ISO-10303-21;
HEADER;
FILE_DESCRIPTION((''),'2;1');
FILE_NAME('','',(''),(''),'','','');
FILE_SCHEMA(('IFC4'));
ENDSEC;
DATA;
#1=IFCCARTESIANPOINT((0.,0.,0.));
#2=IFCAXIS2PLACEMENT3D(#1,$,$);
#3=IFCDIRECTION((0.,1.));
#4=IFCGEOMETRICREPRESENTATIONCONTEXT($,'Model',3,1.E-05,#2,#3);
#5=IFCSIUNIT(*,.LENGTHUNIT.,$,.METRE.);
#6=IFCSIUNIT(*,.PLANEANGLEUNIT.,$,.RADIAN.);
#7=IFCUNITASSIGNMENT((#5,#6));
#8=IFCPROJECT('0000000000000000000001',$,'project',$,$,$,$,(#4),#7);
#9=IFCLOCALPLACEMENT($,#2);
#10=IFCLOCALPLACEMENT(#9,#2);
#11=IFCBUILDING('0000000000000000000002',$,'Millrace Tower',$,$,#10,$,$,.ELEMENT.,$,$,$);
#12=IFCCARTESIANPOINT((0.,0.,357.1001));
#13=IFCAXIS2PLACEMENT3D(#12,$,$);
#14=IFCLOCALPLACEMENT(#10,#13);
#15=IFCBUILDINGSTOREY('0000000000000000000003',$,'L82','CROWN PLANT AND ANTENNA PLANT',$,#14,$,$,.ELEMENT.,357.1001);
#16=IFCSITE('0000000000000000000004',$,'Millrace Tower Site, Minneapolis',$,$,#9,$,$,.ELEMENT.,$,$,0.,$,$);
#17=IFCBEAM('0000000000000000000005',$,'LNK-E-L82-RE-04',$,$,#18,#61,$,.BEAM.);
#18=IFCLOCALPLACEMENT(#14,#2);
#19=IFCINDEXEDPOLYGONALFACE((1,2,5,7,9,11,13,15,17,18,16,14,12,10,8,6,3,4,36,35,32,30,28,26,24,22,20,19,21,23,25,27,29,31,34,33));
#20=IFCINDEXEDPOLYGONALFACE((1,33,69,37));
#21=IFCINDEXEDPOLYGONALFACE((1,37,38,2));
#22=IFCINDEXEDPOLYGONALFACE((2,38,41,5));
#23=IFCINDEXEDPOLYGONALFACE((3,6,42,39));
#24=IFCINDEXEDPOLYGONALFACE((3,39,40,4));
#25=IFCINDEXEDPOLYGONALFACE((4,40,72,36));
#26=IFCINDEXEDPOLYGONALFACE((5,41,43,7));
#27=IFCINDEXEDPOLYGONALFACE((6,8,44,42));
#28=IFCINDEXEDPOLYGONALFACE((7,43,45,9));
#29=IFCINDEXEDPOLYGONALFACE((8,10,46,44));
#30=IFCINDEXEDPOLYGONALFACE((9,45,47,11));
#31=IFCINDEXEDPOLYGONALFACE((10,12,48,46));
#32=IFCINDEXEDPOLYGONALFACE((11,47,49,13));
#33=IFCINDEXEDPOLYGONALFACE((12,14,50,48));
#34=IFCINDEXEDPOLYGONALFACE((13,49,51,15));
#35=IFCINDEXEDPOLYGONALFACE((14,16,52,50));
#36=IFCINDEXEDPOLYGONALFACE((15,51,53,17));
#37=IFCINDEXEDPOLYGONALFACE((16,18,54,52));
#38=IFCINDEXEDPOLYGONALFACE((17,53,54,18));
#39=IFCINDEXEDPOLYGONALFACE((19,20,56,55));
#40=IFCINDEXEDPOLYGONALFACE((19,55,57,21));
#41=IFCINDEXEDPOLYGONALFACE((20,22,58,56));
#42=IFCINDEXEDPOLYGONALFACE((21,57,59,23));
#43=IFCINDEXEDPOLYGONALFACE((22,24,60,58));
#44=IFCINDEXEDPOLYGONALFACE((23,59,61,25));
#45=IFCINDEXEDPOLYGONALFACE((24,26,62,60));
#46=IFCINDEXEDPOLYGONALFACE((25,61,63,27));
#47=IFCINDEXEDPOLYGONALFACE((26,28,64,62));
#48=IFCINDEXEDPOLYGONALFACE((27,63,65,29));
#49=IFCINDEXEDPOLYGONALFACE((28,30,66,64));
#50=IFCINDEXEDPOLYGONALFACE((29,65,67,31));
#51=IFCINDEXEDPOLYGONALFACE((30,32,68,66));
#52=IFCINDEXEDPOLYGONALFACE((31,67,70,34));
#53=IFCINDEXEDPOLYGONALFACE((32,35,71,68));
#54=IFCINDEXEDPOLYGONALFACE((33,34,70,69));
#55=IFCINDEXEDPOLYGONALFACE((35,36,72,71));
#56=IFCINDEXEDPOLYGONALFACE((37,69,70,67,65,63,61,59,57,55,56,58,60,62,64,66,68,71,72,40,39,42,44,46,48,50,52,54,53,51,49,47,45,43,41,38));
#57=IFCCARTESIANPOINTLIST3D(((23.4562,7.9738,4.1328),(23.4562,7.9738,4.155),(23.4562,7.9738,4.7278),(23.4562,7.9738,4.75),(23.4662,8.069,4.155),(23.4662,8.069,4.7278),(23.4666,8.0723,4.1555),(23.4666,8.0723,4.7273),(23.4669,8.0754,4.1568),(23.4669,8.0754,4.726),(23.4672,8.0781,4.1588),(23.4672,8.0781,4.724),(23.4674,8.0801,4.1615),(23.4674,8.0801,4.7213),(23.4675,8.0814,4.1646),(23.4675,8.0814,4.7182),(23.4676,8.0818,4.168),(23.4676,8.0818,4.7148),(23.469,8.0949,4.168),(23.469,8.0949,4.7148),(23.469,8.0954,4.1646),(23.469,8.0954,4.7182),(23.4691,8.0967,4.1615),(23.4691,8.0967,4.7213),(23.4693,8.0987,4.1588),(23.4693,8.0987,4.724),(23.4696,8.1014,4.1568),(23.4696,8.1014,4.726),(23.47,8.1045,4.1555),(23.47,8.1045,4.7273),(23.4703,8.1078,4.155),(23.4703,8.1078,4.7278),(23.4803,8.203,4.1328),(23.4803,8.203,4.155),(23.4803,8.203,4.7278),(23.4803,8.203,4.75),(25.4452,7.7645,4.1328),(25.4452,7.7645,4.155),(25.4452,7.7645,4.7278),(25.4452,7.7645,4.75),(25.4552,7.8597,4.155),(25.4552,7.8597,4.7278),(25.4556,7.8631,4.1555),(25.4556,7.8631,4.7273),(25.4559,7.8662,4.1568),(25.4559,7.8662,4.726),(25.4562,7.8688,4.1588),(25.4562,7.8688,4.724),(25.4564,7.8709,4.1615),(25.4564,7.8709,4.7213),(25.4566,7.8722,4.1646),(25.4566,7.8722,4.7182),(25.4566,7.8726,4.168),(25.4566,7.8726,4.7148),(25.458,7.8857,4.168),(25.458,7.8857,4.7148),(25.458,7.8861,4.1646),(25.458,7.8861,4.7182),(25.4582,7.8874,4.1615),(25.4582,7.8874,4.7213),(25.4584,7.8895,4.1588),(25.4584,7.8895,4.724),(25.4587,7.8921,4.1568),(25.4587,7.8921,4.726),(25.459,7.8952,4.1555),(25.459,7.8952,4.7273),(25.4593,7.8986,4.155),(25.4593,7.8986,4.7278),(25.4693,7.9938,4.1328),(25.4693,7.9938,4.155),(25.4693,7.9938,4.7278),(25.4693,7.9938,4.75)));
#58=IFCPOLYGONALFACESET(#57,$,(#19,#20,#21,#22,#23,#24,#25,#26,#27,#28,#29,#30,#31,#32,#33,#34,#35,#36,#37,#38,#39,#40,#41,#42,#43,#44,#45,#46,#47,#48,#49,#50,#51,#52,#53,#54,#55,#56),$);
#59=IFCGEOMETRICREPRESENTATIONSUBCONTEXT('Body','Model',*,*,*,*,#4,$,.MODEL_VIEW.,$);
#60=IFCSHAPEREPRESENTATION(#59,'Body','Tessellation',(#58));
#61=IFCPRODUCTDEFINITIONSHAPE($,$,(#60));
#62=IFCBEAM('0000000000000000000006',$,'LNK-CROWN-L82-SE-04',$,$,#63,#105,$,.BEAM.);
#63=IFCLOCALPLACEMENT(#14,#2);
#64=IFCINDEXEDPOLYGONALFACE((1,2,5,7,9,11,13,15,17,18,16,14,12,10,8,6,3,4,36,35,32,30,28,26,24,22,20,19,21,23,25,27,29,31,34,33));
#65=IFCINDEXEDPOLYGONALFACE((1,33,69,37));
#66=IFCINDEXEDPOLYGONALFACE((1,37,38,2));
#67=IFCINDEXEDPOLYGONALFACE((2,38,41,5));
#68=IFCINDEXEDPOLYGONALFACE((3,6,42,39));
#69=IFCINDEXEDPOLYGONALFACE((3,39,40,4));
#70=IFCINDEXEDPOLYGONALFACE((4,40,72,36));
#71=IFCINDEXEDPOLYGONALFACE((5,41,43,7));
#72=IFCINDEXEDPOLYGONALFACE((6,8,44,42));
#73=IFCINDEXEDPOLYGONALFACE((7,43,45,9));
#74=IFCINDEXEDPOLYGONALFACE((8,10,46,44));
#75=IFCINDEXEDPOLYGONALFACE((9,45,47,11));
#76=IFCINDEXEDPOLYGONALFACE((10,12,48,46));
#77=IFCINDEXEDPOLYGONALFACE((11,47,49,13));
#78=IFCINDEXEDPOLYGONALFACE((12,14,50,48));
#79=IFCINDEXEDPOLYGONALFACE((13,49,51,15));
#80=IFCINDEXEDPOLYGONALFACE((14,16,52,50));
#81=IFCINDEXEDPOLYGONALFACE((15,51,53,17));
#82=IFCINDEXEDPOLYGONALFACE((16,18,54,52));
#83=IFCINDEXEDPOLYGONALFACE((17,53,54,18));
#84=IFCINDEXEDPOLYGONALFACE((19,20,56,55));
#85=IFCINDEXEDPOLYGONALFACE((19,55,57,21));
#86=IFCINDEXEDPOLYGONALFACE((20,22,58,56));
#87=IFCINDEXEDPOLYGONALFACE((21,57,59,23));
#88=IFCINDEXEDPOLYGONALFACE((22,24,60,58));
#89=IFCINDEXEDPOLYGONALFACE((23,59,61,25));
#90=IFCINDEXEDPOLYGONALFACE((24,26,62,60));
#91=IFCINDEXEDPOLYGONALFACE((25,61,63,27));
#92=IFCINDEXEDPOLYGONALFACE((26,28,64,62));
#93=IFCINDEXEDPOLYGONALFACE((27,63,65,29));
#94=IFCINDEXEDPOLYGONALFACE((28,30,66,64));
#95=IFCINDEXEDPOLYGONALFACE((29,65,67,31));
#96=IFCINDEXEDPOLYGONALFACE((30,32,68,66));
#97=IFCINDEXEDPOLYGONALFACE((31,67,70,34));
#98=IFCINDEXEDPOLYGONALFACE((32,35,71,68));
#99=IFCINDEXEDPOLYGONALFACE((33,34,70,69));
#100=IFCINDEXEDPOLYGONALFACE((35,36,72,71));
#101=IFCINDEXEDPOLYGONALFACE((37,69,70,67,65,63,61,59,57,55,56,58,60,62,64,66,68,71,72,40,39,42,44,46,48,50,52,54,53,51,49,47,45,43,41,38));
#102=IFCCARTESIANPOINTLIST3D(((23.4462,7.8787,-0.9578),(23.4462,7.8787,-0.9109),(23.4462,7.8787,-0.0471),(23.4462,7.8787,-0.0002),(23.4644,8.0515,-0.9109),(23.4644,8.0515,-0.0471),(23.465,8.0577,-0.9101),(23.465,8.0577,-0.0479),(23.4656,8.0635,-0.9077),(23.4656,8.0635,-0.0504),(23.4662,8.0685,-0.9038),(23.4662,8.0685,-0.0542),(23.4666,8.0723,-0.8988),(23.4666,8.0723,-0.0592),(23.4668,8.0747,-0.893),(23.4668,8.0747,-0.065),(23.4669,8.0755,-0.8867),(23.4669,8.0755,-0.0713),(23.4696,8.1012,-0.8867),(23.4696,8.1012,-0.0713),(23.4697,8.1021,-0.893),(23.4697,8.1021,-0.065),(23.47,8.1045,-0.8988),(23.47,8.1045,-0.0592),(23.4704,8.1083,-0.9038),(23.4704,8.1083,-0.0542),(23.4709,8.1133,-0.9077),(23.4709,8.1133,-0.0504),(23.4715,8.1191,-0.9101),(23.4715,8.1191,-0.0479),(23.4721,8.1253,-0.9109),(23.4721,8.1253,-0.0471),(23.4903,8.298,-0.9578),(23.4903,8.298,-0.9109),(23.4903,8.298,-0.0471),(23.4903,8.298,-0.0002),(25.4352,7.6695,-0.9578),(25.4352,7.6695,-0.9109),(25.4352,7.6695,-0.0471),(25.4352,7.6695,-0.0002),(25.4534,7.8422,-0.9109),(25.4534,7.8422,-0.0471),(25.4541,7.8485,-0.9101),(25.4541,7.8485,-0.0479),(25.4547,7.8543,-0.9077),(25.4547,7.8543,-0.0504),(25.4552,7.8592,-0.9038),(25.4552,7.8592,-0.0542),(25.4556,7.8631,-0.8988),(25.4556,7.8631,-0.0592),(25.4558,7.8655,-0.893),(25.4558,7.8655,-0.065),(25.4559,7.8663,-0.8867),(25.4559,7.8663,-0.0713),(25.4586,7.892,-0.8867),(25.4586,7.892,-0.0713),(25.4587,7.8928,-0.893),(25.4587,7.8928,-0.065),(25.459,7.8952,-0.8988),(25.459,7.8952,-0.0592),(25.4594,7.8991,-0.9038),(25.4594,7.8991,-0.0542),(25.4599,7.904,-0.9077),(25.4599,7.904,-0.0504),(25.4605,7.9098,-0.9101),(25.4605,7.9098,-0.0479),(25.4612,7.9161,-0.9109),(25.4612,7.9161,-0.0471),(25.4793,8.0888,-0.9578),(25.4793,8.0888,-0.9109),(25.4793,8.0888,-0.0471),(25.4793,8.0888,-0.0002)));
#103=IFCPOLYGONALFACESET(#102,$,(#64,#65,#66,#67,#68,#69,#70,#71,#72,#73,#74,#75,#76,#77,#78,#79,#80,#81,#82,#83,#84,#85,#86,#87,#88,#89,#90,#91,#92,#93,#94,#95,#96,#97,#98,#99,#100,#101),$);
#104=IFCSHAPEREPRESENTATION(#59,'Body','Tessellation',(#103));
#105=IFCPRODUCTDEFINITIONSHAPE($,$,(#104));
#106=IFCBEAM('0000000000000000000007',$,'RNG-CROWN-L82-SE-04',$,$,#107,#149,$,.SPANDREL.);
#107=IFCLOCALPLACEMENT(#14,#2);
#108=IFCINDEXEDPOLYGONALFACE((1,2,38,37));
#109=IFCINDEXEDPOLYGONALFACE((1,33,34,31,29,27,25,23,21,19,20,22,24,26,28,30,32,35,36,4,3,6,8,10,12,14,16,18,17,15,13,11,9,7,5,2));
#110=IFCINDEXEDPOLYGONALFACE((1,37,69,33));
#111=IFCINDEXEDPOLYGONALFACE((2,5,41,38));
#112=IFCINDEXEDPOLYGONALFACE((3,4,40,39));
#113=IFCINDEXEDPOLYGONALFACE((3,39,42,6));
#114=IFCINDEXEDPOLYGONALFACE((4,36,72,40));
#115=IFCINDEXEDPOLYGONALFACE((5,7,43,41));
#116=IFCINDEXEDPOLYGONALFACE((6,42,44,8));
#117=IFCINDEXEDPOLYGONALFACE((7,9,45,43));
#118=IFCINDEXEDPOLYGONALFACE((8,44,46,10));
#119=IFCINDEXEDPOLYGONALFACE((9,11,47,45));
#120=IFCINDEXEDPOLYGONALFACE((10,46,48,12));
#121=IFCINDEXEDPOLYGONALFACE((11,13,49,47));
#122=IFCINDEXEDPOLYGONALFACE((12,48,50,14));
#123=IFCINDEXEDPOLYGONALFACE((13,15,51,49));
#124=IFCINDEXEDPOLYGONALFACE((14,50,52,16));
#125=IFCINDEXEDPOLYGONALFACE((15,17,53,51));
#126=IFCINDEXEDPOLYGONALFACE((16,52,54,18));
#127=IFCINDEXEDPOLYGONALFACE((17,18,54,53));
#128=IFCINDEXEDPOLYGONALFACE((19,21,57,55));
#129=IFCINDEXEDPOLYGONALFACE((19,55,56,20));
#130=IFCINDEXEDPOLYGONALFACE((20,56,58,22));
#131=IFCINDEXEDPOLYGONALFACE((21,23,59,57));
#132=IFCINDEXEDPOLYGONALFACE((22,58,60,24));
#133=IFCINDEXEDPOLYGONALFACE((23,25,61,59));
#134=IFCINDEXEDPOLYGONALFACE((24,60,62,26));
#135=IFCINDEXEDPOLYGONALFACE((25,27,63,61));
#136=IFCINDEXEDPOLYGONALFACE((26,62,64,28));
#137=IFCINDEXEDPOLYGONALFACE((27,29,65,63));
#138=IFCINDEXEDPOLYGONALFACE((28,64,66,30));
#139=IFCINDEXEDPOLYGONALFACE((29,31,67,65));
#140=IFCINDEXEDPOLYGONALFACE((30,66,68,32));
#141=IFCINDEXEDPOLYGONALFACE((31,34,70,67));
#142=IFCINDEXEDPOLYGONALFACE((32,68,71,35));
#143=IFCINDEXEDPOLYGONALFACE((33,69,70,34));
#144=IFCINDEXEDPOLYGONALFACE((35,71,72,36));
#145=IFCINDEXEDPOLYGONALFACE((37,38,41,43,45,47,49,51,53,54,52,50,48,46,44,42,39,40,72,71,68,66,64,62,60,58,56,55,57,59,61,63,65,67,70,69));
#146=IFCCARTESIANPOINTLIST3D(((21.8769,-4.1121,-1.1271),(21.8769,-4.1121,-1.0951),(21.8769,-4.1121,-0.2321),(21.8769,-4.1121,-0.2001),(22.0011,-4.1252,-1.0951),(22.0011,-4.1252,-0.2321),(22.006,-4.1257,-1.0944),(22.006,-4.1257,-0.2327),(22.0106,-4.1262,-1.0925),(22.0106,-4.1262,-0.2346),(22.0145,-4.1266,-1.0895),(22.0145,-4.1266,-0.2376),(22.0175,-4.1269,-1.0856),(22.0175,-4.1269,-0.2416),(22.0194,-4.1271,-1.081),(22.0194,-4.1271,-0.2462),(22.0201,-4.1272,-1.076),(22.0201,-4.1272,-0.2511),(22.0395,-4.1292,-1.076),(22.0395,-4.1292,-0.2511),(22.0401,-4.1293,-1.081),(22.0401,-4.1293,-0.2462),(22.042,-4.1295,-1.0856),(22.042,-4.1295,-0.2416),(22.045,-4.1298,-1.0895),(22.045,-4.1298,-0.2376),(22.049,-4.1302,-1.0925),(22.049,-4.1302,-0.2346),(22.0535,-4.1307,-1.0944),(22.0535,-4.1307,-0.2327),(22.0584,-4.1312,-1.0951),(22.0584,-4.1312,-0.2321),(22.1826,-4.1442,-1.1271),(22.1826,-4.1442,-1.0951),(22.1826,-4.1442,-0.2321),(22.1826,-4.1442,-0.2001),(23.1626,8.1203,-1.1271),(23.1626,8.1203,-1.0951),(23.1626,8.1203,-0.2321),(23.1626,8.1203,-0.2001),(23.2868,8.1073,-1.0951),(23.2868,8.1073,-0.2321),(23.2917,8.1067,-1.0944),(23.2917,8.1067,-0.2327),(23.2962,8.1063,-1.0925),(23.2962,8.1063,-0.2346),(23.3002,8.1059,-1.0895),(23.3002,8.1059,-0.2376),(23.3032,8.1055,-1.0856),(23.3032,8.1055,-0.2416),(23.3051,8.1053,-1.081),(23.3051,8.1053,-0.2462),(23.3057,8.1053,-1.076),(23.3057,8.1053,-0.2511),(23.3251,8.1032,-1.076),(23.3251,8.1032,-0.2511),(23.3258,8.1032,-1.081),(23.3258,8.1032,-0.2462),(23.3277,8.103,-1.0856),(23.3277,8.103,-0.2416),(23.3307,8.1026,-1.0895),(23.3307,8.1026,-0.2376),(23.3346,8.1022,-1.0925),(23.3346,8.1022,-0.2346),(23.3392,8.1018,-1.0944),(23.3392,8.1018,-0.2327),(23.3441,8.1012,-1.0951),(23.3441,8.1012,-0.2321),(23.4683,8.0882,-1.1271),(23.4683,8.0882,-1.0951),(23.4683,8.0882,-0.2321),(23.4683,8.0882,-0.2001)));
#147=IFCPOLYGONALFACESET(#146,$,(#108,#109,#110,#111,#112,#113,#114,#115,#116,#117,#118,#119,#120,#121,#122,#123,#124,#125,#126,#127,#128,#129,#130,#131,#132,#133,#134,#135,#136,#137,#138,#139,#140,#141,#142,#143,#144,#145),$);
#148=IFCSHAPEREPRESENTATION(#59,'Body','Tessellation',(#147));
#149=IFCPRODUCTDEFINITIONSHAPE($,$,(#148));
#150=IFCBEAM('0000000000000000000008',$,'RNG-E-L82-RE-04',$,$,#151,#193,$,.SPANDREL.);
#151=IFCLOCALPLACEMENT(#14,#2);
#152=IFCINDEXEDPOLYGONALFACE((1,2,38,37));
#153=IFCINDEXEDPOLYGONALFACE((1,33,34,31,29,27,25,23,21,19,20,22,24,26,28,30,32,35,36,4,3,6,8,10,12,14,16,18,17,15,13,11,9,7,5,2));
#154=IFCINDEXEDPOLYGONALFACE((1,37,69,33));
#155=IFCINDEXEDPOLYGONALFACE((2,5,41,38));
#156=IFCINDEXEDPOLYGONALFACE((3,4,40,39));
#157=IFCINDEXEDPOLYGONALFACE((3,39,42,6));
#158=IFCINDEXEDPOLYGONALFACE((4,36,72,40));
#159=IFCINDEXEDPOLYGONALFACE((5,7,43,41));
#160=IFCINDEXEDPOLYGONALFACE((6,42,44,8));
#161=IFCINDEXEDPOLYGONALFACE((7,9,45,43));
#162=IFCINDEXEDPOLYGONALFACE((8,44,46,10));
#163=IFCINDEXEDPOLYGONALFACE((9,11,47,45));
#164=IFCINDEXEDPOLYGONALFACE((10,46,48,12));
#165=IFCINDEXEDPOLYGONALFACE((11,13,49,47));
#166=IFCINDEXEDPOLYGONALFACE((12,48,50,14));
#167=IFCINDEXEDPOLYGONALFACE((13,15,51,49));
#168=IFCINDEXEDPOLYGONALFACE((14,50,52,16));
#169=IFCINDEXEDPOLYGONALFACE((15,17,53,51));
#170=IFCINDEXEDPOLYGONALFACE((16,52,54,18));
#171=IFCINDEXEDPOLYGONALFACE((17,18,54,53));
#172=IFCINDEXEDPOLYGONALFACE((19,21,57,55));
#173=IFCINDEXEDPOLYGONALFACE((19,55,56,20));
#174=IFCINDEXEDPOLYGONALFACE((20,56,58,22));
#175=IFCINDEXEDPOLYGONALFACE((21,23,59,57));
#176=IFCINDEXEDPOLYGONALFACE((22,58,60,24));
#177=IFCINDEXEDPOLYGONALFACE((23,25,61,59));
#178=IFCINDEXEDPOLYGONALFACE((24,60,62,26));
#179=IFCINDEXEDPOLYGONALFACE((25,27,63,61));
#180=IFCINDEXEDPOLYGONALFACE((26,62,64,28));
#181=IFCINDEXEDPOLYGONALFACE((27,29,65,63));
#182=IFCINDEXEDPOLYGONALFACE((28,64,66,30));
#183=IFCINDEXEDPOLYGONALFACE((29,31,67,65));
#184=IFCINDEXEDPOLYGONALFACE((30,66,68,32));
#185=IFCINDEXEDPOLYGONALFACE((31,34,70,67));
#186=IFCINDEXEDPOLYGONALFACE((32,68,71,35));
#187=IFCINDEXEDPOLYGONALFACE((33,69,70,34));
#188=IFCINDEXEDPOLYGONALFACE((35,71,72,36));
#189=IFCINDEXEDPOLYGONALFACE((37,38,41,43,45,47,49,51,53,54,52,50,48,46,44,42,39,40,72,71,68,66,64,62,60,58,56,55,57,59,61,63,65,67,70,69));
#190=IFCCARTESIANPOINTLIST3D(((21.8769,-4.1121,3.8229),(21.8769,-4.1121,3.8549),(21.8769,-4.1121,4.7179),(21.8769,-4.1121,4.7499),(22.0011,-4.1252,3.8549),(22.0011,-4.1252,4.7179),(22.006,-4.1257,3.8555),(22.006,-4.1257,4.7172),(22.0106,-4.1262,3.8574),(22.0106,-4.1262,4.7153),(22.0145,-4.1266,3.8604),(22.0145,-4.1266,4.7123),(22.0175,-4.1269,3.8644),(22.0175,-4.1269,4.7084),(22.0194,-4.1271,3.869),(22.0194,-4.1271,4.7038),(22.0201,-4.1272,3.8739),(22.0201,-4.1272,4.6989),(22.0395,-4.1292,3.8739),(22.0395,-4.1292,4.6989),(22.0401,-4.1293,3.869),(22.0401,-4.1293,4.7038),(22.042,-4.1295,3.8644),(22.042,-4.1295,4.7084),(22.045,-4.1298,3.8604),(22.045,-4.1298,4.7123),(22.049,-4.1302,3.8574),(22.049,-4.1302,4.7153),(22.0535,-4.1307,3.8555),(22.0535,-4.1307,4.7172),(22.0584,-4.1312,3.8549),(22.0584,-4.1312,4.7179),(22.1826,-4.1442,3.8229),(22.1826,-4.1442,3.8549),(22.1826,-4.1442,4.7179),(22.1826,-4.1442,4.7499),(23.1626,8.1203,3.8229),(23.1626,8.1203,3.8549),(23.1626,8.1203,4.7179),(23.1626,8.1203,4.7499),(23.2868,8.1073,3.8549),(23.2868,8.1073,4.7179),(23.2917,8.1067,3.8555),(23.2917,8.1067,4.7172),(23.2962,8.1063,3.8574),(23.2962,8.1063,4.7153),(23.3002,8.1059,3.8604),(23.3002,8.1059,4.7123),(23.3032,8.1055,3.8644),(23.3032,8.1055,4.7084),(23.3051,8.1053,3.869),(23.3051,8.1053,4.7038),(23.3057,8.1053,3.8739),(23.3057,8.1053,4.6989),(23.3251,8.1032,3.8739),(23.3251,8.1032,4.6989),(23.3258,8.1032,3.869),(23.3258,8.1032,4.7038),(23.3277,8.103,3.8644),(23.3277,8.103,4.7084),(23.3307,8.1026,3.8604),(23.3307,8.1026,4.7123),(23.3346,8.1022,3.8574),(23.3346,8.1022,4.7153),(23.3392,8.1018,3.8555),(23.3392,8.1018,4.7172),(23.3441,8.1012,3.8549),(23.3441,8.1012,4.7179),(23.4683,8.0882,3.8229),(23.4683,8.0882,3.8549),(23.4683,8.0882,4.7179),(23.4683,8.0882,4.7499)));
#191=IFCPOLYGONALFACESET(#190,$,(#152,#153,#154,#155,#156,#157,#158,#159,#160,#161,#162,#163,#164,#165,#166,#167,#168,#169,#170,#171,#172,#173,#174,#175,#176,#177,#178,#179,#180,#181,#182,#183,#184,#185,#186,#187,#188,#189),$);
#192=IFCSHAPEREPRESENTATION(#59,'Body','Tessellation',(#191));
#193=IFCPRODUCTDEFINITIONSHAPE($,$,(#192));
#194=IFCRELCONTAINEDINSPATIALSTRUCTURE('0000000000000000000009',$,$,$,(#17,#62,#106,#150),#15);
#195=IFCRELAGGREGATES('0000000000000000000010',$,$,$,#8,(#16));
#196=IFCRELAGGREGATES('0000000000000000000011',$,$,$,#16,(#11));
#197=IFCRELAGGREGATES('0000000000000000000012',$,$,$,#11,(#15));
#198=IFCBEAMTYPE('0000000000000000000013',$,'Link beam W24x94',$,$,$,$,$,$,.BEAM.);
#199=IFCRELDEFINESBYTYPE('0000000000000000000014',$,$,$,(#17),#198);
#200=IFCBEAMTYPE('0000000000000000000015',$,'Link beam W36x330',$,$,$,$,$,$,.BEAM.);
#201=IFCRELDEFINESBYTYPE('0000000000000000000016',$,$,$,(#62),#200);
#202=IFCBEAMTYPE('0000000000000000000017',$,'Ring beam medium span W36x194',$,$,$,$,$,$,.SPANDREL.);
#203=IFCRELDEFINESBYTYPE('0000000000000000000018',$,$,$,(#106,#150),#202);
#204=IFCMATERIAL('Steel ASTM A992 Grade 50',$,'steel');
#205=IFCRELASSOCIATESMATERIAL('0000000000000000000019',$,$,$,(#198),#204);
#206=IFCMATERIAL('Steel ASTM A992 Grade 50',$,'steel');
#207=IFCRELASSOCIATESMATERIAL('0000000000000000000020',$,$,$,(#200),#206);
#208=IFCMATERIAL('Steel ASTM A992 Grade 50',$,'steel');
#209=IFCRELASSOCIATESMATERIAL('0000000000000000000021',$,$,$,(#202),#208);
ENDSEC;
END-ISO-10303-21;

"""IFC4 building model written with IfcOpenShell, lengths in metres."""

from ifc_helpers import new_model, si_unit, direction, frame, origin, origin_2d, place, context, subcontext, project, spatial, i_section, extrude, material, material_profile, profile_set, type_object, element, save


model = new_model("IFC4")

# Units and contexts
model_context = context("Model", 3, precision=1e-05, world=origin(), true_north=direction((0.0, 1.0)))
body_context = subcontext(model_context, "Body", "Model", "MODEL_VIEW")
ifc_project = project(units=[si_unit("LENGTHUNIT", "METRE"), si_unit("PLANEANGLEUNIT", "RADIAN")], contexts=[model_context])

# Site, building, storey
site_placement = place(None, origin())
site = spatial("IfcSite", under=ifc_project, at=site_placement, Name="Millrace Tower Site, Minneapolis", CompositionType="ELEMENT", RefElevation=0.0)
building_placement = place(site_placement, origin())
building = spatial("IfcBuilding", under=site, at=building_placement, Name="Millrace Tower", CompositionType="ELEMENT")
storey_placement = place(building_placement, frame((0.0, 0.0, 357.1001)))
storey = spatial("IfcBuildingStorey", under=building, at=storey_placement, Name="L82", Description="CROWN PLANT AND ANTENNA PLANT", CompositionType="ELEMENT", Elevation=357.1001)

# Beams
ifc_material_1 = material(Name="Steel ASTM A992 Grade 50", Category="steel")
ifc_material_profile_1 = material_profile(ifc_material_1, i_section(OverallWidth=0.2305, OverallDepth=0.6172, WebThickness=0.0132, FlangeThickness=0.0222, FilletRadius=0.0129, at=origin_2d()))
ifc_profile_set_1 = profile_set([ifc_material_profile_1], Name="Steel ASTM A992 Grade 50")
beam_type_1 = type_object("IfcBeamType", Name="Link beam W24x94", PredefinedType="BEAM", material=ifc_profile_set_1)
beam_1_placement = place(storey_placement, frame((23.4683, 8.0884, 4.4414), z_axis=(0.994513, -0.104615, 0.0), x_axis=(0.104615, 0.994513, 0.0)))
element("IfcBeam", 1, at=beam_1_placement, inside=storey, type_object=beam_type_1, Name="LNK-E-L82-RE-04", PredefinedType="BEAM", context=body_context, shape_type="SweptSolid", body=[
    extrude(i_section(OverallWidth=0.2305, OverallDepth=0.6172, WebThickness=0.0132, FlangeThickness=0.0222, FilletRadius=0.0129, at=origin_2d()), origin(), (0.0, 0.0, 1.0), 2.0),
])
ifc_material_2 = material(Name="Steel ASTM A992 Grade 50", Category="steel")
ifc_material_profile_2 = material_profile(ifc_material_2, i_section(OverallWidth=0.4216, OverallDepth=0.9575, WebThickness=0.0259, FlangeThickness=0.0469, FilletRadius=0.0242, at=origin_2d()))
ifc_profile_set_2 = profile_set([ifc_material_profile_2], Name="Steel ASTM A992 Grade 50")
beam_type_2 = type_object("IfcBeamType", Name="Link beam W36x330", PredefinedType="BEAM", material=ifc_profile_set_2)
beam_2_placement = place(storey_placement, frame((23.4683, 8.0884, -0.479), z_axis=(0.994513, -0.104615, 0.0), x_axis=(0.104615, 0.994513, 0.0)))
element("IfcBeam", 2, at=beam_2_placement, inside=storey, type_object=beam_type_2, Name="LNK-CROWN-L82-SE-04", PredefinedType="BEAM", context=body_context, shape_type="SweptSolid", body=[
    extrude(i_section(OverallWidth=0.4216, OverallDepth=0.9575, WebThickness=0.0259, FlangeThickness=0.0469, FilletRadius=0.0242, at=origin_2d()), origin(), (0.0, 0.0, 1.0), 2.0),
])
ifc_material_3 = material(Name="Steel ASTM A992 Grade 50", Category="steel")
ifc_material_profile_3 = material_profile(ifc_material_3, i_section(OverallWidth=0.3074, OverallDepth=0.927, WebThickness=0.0195, FlangeThickness=0.032, FilletRadius=0.019, at=origin_2d()))
ifc_profile_set_3 = profile_set([ifc_material_profile_3], Name="Steel ASTM A992 Grade 50")
beam_type_3 = type_object("IfcBeamType", Name="Ring beam medium span W36x194", PredefinedType="SPANDREL", material=ifc_profile_set_3)
for number, where, z_axis, x_axis, name in (
    (3, (23.3154, 8.1042, -0.6636), (-0.104526, -0.994522, 0.0), (0.994522, -0.104526, 0.0), "RNG-CROWN-L82-SE-04"),
    (4, (23.3154, 8.1042, 4.2864), (-0.104526, -0.994522, 0.0), (0.994522, -0.104526, 0.0), "RNG-E-L82-RE-04"),
):
    element("IfcBeam", number, at=place(storey_placement, frame(where, z_axis=z_axis, x_axis=x_axis)), inside=storey, type_object=beam_type_3, Name=name, PredefinedType="SPANDREL", context=body_context, shape_type="SweptSolid", body=[
        extrude(i_section(OverallWidth=0.3074, OverallDepth=0.927, WebThickness=0.0195, FlangeThickness=0.032, FilletRadius=0.019, at=origin_2d()), origin(), (0.0, 0.0, 1.0), 12.2998),
    ])

save(model, "model.ifc")
